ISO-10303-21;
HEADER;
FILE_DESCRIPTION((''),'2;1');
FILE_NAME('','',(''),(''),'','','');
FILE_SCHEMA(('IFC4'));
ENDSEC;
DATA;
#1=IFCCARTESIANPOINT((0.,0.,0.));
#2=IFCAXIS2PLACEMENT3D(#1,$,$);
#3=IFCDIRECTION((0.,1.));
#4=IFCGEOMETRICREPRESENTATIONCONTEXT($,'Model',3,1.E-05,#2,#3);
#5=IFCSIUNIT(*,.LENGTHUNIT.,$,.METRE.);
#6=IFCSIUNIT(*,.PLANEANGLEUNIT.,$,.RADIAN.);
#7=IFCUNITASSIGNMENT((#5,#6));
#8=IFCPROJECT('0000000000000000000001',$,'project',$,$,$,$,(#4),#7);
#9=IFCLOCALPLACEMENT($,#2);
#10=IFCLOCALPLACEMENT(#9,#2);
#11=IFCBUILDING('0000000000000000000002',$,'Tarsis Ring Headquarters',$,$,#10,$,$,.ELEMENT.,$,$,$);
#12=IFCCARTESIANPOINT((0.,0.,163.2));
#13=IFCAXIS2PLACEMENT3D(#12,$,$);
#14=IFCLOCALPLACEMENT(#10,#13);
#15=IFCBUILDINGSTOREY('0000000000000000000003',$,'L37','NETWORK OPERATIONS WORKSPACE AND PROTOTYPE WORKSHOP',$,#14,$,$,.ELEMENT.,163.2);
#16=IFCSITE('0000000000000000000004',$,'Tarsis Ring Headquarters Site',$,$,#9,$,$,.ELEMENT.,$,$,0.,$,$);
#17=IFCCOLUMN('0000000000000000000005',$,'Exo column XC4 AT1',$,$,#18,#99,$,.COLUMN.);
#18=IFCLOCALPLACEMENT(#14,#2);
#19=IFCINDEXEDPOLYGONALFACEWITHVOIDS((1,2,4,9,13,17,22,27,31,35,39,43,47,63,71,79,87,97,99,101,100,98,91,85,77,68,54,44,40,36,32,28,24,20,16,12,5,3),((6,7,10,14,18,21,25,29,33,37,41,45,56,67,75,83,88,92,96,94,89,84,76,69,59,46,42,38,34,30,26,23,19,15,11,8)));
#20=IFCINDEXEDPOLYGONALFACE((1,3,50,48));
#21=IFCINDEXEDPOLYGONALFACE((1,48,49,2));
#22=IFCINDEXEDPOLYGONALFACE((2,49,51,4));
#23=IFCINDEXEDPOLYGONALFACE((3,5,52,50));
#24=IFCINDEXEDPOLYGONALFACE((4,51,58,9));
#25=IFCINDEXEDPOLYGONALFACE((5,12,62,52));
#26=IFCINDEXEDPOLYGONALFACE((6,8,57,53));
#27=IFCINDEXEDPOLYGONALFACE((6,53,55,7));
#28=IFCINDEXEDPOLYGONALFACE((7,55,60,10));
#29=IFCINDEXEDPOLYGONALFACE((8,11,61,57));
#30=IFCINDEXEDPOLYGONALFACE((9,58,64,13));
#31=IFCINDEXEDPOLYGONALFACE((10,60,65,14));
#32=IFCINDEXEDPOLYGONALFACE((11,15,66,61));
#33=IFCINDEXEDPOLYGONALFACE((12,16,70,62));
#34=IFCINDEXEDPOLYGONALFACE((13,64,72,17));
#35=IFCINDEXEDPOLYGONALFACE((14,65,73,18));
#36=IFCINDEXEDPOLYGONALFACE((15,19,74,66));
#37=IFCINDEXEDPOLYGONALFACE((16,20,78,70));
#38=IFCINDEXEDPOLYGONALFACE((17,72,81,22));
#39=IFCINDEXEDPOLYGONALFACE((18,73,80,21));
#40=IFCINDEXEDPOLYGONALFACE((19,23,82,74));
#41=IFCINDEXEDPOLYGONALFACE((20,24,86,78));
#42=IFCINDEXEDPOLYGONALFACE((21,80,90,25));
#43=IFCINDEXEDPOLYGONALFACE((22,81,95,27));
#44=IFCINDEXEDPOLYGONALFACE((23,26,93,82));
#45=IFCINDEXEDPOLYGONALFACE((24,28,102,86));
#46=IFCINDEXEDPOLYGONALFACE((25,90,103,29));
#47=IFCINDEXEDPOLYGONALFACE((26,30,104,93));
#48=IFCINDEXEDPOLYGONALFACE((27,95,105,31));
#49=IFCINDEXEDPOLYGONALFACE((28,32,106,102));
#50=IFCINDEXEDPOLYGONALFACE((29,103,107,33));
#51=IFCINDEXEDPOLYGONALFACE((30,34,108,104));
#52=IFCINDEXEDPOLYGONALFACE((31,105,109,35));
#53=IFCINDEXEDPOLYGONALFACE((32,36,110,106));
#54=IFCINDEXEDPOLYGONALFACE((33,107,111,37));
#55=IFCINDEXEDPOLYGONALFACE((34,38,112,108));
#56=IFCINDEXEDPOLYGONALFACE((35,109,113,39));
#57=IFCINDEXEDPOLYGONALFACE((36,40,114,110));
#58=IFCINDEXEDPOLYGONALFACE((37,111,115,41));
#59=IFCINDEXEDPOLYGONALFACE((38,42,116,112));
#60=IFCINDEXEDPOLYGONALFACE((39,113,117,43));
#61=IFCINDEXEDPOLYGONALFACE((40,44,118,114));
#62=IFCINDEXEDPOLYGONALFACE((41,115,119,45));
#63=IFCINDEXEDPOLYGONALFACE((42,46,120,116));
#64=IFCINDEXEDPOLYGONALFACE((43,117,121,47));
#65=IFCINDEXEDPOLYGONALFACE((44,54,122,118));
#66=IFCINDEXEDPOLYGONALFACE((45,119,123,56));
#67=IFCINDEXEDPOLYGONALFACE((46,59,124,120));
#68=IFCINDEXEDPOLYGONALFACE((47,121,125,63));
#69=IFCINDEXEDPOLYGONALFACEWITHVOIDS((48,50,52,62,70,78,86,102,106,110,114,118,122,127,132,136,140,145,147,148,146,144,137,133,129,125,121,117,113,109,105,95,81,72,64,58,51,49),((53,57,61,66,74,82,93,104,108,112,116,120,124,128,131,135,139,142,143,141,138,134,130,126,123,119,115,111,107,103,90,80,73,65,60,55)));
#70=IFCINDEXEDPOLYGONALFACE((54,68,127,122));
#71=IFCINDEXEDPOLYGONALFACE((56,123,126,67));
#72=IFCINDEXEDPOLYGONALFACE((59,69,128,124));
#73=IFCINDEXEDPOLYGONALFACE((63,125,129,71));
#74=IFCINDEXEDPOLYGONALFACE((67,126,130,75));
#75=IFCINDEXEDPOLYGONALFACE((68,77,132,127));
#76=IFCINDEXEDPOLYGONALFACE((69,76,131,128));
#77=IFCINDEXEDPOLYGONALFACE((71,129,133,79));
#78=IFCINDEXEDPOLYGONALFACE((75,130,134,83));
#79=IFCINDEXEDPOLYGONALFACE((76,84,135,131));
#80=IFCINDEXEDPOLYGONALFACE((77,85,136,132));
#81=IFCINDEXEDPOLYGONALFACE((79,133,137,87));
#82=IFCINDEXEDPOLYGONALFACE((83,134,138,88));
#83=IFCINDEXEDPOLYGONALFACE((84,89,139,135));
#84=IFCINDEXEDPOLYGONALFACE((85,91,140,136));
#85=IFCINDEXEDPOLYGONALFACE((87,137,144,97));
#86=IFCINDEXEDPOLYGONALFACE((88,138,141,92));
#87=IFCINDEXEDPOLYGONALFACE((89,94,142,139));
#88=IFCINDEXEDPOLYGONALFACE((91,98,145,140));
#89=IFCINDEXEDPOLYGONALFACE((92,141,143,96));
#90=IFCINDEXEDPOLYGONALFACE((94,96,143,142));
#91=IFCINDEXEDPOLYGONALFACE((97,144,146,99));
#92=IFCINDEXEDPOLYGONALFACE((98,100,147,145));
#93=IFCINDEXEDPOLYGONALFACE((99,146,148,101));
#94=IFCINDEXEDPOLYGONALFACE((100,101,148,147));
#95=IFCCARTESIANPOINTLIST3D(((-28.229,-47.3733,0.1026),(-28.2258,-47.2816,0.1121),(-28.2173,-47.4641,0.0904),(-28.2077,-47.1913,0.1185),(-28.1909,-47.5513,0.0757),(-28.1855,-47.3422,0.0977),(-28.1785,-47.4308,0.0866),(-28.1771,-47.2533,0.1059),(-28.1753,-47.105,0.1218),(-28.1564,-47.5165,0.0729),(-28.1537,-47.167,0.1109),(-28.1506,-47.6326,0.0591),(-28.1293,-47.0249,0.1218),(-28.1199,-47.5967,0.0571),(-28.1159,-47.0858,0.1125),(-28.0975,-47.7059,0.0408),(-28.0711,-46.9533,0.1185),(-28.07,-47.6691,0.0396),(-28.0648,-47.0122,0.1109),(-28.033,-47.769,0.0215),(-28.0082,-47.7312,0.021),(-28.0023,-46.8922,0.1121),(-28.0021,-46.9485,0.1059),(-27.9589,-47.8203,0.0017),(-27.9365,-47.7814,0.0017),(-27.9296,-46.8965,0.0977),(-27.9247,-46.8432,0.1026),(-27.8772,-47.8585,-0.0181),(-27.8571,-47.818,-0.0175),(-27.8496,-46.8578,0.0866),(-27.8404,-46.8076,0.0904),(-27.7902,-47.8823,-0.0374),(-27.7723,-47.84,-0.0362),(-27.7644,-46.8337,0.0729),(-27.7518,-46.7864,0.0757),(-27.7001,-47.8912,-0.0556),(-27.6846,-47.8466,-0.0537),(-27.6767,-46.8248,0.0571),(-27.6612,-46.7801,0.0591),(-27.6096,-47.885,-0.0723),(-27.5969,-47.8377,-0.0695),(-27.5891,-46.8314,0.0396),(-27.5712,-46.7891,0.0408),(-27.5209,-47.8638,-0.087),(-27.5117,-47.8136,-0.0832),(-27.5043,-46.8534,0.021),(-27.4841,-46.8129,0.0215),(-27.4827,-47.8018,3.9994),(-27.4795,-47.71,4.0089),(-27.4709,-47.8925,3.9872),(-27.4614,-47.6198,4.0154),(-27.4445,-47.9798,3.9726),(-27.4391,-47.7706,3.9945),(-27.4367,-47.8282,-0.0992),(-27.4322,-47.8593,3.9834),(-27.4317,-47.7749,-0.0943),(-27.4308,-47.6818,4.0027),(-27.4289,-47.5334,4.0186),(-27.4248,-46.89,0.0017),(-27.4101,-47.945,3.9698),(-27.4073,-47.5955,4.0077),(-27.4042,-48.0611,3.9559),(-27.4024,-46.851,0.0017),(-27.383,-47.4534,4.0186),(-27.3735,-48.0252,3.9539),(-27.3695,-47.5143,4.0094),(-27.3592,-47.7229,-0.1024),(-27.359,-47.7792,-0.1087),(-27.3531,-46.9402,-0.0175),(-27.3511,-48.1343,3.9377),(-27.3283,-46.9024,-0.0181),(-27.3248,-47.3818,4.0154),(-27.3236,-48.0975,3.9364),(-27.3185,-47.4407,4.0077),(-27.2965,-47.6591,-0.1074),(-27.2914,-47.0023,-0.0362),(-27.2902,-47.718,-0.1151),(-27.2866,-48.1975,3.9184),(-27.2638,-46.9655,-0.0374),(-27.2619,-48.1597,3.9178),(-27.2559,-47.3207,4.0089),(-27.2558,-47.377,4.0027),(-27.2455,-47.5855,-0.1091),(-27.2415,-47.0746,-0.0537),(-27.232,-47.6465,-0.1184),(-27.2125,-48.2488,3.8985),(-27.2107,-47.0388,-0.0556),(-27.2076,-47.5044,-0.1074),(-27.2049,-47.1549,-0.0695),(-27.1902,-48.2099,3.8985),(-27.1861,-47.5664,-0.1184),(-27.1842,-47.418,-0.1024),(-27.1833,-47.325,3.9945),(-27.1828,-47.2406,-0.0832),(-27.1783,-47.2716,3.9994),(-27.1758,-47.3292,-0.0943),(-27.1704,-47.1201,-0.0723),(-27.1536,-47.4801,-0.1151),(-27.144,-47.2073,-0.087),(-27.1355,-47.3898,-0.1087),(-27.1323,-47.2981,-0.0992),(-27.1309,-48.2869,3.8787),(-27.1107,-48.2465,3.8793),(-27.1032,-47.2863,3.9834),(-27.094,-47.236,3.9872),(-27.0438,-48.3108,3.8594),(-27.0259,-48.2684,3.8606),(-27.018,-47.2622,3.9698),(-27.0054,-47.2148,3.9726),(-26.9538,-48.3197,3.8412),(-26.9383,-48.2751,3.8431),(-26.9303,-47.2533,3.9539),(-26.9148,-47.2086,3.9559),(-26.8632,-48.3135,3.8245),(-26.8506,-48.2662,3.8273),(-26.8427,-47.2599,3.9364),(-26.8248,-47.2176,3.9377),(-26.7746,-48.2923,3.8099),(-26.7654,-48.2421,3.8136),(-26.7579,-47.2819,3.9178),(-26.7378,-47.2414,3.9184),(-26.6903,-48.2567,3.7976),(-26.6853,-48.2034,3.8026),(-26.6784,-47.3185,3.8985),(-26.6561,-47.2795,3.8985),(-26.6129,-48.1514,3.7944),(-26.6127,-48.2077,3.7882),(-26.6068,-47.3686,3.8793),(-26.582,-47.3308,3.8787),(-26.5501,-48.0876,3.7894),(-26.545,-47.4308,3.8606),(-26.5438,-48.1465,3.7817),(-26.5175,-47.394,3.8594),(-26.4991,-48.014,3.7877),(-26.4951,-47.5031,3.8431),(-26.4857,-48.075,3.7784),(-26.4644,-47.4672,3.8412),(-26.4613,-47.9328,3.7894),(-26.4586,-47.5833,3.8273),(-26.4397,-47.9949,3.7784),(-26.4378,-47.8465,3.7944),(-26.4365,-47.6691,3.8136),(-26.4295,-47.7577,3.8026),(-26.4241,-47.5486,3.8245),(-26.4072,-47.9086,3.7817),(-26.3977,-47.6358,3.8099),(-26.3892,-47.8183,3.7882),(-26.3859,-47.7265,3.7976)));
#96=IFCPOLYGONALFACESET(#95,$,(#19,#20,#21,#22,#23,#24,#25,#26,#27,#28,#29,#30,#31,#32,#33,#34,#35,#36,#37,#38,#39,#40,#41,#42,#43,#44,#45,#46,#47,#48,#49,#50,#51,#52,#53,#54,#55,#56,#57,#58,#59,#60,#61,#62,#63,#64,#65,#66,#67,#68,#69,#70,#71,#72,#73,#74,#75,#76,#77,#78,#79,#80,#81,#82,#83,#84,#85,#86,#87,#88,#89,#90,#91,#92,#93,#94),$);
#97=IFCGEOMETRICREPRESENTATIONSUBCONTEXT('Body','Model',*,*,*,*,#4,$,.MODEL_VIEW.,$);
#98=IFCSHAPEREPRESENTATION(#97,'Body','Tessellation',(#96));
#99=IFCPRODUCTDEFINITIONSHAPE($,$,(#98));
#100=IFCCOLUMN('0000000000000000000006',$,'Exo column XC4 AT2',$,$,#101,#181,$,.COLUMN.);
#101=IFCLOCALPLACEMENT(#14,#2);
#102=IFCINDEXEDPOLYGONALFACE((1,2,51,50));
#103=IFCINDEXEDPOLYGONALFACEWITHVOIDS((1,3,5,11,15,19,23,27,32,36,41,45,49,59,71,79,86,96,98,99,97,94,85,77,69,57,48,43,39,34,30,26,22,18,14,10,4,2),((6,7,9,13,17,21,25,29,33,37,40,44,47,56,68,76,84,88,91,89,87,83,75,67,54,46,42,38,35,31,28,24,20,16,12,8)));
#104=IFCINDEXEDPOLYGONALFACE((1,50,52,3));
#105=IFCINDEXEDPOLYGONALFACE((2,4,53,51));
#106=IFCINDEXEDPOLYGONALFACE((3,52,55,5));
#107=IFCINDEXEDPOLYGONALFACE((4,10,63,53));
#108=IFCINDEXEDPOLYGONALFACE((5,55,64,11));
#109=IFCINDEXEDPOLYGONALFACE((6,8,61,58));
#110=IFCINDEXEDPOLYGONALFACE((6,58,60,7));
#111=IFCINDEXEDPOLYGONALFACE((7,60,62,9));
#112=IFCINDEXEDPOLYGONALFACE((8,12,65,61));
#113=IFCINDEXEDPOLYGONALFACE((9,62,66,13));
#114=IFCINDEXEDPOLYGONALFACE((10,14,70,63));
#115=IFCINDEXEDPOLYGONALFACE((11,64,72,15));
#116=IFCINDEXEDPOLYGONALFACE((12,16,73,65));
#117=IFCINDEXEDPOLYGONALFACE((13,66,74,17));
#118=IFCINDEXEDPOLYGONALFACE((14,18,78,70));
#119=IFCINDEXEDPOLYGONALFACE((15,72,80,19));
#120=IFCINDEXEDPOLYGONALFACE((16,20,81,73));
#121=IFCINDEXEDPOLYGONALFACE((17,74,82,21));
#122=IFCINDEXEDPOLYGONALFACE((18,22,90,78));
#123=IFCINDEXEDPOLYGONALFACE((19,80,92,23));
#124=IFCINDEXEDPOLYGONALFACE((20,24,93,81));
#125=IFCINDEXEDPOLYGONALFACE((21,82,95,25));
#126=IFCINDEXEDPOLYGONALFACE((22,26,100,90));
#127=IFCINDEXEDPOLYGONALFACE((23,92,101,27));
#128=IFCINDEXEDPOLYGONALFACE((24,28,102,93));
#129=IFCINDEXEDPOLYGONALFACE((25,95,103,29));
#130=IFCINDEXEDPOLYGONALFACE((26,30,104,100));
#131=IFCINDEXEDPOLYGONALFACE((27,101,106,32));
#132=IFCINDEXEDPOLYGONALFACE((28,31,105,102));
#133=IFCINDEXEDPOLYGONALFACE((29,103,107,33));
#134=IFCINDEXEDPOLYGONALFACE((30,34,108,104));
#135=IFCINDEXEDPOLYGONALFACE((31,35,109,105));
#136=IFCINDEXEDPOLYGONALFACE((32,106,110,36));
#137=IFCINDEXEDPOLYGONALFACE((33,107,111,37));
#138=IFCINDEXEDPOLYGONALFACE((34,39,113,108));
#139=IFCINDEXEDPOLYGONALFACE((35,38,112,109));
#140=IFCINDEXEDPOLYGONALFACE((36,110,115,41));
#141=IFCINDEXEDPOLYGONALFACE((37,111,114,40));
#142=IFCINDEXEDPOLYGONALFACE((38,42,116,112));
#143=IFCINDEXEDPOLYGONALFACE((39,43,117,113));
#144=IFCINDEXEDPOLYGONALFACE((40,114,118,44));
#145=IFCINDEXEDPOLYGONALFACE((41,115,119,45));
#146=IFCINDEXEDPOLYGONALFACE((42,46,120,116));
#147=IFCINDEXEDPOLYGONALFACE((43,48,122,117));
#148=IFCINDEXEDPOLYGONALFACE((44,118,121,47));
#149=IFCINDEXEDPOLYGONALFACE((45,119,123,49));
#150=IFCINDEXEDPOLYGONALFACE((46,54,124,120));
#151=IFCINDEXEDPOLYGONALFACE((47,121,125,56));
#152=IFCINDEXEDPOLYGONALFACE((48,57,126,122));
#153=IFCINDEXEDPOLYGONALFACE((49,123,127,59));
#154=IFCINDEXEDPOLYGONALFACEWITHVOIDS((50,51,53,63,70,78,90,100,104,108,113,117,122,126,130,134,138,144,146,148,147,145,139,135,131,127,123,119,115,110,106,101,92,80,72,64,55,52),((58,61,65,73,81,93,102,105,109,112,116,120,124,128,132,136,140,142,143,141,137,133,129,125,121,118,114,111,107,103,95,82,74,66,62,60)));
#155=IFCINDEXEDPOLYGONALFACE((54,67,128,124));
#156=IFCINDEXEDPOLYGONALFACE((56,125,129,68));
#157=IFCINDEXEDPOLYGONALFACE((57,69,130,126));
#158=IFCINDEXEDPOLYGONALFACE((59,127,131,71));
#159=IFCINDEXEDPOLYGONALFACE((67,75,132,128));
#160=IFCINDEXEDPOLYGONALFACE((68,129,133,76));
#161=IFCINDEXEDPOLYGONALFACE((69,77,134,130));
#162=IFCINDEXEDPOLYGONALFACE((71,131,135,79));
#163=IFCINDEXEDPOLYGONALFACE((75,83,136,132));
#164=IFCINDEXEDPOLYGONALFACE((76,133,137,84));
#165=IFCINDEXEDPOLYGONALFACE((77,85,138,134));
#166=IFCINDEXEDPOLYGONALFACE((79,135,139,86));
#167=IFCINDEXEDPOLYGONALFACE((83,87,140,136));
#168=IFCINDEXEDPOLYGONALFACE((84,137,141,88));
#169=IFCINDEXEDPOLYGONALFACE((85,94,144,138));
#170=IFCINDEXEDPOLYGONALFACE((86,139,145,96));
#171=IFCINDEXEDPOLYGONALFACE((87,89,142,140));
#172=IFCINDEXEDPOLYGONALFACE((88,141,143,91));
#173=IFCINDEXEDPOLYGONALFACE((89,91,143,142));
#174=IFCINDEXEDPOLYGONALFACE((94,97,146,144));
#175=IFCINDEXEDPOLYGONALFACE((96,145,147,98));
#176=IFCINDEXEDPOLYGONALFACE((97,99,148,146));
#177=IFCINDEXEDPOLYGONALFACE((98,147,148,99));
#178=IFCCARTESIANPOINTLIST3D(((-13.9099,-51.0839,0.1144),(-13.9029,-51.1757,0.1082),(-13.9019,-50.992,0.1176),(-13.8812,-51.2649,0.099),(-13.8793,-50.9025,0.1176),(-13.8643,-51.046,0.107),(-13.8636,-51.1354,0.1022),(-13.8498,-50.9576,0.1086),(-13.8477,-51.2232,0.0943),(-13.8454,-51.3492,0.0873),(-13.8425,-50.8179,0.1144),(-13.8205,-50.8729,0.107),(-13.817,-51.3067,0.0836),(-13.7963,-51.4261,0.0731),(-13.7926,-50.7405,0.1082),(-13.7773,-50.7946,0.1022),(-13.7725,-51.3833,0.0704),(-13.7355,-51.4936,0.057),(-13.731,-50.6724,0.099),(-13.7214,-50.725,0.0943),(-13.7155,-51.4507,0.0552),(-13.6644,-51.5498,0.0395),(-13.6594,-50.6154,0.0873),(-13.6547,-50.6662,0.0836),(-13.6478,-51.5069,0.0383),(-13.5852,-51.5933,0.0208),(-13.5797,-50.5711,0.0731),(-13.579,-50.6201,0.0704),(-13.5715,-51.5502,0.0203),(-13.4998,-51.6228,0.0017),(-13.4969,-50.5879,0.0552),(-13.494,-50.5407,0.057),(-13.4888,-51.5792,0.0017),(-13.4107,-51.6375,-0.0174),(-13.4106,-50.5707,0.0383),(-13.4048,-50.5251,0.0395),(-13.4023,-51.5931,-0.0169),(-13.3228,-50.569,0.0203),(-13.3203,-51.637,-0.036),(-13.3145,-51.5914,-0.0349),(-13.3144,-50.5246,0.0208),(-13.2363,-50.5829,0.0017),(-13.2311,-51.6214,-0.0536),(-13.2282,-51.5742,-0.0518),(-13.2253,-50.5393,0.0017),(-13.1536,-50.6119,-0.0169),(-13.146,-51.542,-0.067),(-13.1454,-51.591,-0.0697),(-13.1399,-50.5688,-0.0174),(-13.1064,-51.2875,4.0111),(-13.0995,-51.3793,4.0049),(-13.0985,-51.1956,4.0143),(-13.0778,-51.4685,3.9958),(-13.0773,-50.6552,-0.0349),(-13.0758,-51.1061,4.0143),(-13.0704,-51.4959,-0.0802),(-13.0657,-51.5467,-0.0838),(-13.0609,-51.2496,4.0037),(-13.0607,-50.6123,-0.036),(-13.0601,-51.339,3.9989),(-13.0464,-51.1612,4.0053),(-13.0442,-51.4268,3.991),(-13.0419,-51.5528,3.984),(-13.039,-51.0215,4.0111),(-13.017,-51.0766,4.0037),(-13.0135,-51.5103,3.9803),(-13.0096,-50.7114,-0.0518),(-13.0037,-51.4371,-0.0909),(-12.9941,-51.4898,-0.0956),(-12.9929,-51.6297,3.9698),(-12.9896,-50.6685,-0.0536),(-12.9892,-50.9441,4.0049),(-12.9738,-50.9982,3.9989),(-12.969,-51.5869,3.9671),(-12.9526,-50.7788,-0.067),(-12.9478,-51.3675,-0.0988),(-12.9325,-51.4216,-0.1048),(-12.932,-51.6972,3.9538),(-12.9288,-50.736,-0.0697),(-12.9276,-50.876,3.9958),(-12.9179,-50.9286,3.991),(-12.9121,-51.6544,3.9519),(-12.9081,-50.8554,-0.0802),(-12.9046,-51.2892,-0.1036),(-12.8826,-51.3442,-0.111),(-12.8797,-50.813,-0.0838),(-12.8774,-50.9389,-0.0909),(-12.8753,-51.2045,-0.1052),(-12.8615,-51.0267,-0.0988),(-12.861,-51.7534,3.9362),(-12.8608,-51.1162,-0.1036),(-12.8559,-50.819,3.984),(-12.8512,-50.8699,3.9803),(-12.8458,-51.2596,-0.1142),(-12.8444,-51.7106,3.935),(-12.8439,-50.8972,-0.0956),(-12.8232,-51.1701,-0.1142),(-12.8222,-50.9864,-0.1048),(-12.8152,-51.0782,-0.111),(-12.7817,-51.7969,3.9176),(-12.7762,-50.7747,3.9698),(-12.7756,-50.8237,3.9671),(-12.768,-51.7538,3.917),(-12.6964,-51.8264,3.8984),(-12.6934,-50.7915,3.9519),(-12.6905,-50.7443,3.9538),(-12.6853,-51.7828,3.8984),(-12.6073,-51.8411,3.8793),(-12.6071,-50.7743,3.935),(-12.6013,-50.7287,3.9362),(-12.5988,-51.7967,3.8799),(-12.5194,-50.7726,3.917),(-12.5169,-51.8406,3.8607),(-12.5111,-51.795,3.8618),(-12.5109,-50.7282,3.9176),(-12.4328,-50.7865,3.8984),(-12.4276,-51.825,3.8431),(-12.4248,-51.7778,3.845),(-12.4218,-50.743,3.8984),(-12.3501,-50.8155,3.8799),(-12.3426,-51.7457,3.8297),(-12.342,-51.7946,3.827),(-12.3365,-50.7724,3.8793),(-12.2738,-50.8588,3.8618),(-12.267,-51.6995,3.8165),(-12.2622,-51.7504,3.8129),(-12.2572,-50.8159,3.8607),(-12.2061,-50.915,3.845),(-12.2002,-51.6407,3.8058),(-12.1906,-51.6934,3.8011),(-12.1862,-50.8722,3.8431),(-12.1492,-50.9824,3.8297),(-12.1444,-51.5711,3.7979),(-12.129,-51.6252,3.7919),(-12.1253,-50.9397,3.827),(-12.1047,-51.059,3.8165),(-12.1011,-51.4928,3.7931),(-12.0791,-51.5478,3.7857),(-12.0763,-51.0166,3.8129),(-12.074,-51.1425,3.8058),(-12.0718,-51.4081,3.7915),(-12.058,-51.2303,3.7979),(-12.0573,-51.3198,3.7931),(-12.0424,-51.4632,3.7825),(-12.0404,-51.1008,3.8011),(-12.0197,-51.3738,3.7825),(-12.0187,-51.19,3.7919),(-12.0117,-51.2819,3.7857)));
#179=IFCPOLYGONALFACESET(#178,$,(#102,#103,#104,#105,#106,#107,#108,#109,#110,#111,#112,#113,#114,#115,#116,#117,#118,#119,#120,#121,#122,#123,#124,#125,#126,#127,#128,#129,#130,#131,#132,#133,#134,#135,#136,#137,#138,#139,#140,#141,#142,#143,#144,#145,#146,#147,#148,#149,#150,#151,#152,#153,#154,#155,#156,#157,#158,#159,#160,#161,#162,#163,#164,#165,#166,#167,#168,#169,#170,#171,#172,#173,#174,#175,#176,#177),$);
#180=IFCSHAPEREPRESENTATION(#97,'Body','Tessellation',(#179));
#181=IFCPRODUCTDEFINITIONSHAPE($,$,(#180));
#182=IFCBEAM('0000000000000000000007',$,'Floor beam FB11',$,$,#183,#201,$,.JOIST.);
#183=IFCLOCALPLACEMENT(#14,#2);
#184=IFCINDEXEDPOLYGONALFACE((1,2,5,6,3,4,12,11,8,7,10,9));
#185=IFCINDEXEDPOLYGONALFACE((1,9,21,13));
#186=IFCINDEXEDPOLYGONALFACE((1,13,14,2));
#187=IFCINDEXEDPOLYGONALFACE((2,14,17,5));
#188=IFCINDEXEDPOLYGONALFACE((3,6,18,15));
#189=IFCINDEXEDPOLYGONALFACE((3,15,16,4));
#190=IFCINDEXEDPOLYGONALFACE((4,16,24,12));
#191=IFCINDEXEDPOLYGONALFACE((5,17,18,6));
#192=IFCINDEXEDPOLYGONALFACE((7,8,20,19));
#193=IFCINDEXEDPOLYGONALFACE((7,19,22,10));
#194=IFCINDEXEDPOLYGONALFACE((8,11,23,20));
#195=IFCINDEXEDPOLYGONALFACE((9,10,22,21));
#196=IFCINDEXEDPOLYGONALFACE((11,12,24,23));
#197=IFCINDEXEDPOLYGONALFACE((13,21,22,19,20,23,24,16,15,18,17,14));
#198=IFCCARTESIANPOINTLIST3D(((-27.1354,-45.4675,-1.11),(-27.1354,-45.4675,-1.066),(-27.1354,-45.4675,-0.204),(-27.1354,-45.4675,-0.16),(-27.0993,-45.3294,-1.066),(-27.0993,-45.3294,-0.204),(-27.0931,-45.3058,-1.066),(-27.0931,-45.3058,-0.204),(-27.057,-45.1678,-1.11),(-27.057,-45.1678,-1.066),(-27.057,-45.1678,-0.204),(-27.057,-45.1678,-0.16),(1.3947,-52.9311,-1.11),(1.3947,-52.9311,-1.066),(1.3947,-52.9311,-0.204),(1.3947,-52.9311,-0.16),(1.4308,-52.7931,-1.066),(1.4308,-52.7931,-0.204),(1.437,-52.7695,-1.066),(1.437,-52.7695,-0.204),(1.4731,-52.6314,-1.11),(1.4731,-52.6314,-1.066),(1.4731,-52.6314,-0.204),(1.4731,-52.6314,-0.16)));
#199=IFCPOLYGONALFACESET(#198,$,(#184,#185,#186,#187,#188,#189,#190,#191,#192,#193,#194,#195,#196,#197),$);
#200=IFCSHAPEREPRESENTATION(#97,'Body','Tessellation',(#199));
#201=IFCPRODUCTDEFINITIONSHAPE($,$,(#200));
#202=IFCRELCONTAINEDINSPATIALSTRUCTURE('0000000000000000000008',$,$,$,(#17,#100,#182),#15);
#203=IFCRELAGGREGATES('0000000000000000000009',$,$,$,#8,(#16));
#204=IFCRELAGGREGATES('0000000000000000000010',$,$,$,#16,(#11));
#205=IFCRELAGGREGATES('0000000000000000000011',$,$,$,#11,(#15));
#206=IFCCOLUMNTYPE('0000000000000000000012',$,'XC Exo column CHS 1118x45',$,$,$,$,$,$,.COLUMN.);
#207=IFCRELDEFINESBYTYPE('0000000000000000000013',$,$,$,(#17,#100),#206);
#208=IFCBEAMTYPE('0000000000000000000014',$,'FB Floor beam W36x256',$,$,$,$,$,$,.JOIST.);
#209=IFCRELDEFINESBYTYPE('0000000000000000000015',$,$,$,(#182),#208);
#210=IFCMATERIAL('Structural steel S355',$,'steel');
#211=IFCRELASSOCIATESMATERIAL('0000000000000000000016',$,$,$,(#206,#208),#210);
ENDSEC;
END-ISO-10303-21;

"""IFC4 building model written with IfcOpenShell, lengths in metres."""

from ifc_helpers import new_model, si_unit, direction, frame, origin, origin_2d, place, context, subcontext, project, spatial, hollow_circle, i_section, extrude, material, material_profile, profile_set, type_object, element, save


model = new_model("IFC4")

# Units and contexts
model_context = context("Model", 3, precision=1e-05, world=origin(), true_north=direction((0.0, 1.0)))
body_context = subcontext(model_context, "Body", "Model", "MODEL_VIEW")
ifc_project = project(units=[si_unit("LENGTHUNIT", "METRE"), si_unit("PLANEANGLEUNIT", "RADIAN")], contexts=[model_context])

# Site, building, storey
site_placement = place(None, origin())
site = spatial("IfcSite", under=ifc_project, at=site_placement, Name="Tarsis Ring Headquarters Site", CompositionType="ELEMENT", RefElevation=0.0)
building_placement = place(site_placement, origin())
building = spatial("IfcBuilding", under=site, at=building_placement, Name="Tarsis Ring Headquarters", CompositionType="ELEMENT")
storey_placement = place(building_placement, frame((0.0, 0.0, 163.2)))
storey = spatial("IfcBuildingStorey", under=building, at=storey_placement, Name="L37", Description="NETWORK OPERATIONS WORKSPACE AND PROTOTYPE WORKSHOP", CompositionType="ELEMENT", Elevation=163.2)

# Columns
ifc_material_1 = material(Name="Structural steel S355", Category="steel")
ifc_material_profile_1 = material_profile(ifc_material_1, hollow_circle(Radius=0.5588, WallThickness=0.0449, at=origin_2d()), Name="CHS 1118x45")
ifc_profile_set_1 = profile_set([ifc_material_profile_1], Name="Structural steel S355")
column_type = type_object("IfcColumnType", Name="XC Exo column CHS 1118x45", PredefinedType="COLUMN", material=ifc_profile_set_1)
column_1_placement = place(storey_placement, frame((-27.6807, -47.3357, 0.0017), z_axis=(0.187023, -0.107368, 0.97647), x_axis=(0.497879, 0.867246, 0.0)))
element("IfcColumn", 1, at=column_1_placement, inside=storey, type_object=column_type, Name="Exo column XC4 AT1", PredefinedType="COLUMN", context=body_context, shape_type="SweptSolid", body=[
    extrude(hollow_circle(Radius=0.5588, WallThickness=0.0449, at=origin_2d()), origin(), (0.0, 0.0, 1.0), 3.9907),
])
column_2_placement = place(storey_placement, frame((-13.3625, -51.0811, 0.0017), z_axis=(0.201678, -0.051109, 0.978117), x_axis=(0.245653, 0.969358, 0.0)))
element("IfcColumn", 2, at=column_2_placement, inside=storey, type_object=column_type, Name="Exo column XC4 AT2", PredefinedType="COLUMN", context=body_context, shape_type="SweptSolid", body=[
    extrude(hollow_circle(Radius=0.5588, WallThickness=0.0449, at=origin_2d()), origin(), (0.0, 0.0, 1.0), 3.9839),
])

# Beam
ifc_material_profile_2 = material_profile(ifc_material_1, i_section(OverallWidth=0.3098, OverallDepth=0.95, WebThickness=0.0244, FlangeThickness=0.0439, at=origin_2d()), Name="W36x256")
ifc_profile_set_2 = profile_set([ifc_material_profile_2], Name="Structural steel S355")
beam_type_1 = type_object("IfcBeamType", Name="FB Floor beam W36x256", PredefinedType="JOIST", material=ifc_profile_set_2)
beam_1_placement = place(storey_placement, frame((-27.0962, -45.3176, -0.635), z_axis=(0.967443, -0.253089, 0.0), x_axis=(0.253089, 0.967443, 0.0)))
element("IfcBeam", 3, at=beam_1_placement, inside=storey, type_object=beam_type_1, Name="Floor beam FB11", PredefinedType="JOIST", context=body_context, shape_type="SweptSolid", body=[
    extrude(i_section(OverallWidth=0.3098, OverallDepth=0.95, WebThickness=0.0244, FlangeThickness=0.0439, at=origin_2d()), origin(), (0.0, 0.0, 1.0), 29.4902),
])

save(model, "model.ifc")
